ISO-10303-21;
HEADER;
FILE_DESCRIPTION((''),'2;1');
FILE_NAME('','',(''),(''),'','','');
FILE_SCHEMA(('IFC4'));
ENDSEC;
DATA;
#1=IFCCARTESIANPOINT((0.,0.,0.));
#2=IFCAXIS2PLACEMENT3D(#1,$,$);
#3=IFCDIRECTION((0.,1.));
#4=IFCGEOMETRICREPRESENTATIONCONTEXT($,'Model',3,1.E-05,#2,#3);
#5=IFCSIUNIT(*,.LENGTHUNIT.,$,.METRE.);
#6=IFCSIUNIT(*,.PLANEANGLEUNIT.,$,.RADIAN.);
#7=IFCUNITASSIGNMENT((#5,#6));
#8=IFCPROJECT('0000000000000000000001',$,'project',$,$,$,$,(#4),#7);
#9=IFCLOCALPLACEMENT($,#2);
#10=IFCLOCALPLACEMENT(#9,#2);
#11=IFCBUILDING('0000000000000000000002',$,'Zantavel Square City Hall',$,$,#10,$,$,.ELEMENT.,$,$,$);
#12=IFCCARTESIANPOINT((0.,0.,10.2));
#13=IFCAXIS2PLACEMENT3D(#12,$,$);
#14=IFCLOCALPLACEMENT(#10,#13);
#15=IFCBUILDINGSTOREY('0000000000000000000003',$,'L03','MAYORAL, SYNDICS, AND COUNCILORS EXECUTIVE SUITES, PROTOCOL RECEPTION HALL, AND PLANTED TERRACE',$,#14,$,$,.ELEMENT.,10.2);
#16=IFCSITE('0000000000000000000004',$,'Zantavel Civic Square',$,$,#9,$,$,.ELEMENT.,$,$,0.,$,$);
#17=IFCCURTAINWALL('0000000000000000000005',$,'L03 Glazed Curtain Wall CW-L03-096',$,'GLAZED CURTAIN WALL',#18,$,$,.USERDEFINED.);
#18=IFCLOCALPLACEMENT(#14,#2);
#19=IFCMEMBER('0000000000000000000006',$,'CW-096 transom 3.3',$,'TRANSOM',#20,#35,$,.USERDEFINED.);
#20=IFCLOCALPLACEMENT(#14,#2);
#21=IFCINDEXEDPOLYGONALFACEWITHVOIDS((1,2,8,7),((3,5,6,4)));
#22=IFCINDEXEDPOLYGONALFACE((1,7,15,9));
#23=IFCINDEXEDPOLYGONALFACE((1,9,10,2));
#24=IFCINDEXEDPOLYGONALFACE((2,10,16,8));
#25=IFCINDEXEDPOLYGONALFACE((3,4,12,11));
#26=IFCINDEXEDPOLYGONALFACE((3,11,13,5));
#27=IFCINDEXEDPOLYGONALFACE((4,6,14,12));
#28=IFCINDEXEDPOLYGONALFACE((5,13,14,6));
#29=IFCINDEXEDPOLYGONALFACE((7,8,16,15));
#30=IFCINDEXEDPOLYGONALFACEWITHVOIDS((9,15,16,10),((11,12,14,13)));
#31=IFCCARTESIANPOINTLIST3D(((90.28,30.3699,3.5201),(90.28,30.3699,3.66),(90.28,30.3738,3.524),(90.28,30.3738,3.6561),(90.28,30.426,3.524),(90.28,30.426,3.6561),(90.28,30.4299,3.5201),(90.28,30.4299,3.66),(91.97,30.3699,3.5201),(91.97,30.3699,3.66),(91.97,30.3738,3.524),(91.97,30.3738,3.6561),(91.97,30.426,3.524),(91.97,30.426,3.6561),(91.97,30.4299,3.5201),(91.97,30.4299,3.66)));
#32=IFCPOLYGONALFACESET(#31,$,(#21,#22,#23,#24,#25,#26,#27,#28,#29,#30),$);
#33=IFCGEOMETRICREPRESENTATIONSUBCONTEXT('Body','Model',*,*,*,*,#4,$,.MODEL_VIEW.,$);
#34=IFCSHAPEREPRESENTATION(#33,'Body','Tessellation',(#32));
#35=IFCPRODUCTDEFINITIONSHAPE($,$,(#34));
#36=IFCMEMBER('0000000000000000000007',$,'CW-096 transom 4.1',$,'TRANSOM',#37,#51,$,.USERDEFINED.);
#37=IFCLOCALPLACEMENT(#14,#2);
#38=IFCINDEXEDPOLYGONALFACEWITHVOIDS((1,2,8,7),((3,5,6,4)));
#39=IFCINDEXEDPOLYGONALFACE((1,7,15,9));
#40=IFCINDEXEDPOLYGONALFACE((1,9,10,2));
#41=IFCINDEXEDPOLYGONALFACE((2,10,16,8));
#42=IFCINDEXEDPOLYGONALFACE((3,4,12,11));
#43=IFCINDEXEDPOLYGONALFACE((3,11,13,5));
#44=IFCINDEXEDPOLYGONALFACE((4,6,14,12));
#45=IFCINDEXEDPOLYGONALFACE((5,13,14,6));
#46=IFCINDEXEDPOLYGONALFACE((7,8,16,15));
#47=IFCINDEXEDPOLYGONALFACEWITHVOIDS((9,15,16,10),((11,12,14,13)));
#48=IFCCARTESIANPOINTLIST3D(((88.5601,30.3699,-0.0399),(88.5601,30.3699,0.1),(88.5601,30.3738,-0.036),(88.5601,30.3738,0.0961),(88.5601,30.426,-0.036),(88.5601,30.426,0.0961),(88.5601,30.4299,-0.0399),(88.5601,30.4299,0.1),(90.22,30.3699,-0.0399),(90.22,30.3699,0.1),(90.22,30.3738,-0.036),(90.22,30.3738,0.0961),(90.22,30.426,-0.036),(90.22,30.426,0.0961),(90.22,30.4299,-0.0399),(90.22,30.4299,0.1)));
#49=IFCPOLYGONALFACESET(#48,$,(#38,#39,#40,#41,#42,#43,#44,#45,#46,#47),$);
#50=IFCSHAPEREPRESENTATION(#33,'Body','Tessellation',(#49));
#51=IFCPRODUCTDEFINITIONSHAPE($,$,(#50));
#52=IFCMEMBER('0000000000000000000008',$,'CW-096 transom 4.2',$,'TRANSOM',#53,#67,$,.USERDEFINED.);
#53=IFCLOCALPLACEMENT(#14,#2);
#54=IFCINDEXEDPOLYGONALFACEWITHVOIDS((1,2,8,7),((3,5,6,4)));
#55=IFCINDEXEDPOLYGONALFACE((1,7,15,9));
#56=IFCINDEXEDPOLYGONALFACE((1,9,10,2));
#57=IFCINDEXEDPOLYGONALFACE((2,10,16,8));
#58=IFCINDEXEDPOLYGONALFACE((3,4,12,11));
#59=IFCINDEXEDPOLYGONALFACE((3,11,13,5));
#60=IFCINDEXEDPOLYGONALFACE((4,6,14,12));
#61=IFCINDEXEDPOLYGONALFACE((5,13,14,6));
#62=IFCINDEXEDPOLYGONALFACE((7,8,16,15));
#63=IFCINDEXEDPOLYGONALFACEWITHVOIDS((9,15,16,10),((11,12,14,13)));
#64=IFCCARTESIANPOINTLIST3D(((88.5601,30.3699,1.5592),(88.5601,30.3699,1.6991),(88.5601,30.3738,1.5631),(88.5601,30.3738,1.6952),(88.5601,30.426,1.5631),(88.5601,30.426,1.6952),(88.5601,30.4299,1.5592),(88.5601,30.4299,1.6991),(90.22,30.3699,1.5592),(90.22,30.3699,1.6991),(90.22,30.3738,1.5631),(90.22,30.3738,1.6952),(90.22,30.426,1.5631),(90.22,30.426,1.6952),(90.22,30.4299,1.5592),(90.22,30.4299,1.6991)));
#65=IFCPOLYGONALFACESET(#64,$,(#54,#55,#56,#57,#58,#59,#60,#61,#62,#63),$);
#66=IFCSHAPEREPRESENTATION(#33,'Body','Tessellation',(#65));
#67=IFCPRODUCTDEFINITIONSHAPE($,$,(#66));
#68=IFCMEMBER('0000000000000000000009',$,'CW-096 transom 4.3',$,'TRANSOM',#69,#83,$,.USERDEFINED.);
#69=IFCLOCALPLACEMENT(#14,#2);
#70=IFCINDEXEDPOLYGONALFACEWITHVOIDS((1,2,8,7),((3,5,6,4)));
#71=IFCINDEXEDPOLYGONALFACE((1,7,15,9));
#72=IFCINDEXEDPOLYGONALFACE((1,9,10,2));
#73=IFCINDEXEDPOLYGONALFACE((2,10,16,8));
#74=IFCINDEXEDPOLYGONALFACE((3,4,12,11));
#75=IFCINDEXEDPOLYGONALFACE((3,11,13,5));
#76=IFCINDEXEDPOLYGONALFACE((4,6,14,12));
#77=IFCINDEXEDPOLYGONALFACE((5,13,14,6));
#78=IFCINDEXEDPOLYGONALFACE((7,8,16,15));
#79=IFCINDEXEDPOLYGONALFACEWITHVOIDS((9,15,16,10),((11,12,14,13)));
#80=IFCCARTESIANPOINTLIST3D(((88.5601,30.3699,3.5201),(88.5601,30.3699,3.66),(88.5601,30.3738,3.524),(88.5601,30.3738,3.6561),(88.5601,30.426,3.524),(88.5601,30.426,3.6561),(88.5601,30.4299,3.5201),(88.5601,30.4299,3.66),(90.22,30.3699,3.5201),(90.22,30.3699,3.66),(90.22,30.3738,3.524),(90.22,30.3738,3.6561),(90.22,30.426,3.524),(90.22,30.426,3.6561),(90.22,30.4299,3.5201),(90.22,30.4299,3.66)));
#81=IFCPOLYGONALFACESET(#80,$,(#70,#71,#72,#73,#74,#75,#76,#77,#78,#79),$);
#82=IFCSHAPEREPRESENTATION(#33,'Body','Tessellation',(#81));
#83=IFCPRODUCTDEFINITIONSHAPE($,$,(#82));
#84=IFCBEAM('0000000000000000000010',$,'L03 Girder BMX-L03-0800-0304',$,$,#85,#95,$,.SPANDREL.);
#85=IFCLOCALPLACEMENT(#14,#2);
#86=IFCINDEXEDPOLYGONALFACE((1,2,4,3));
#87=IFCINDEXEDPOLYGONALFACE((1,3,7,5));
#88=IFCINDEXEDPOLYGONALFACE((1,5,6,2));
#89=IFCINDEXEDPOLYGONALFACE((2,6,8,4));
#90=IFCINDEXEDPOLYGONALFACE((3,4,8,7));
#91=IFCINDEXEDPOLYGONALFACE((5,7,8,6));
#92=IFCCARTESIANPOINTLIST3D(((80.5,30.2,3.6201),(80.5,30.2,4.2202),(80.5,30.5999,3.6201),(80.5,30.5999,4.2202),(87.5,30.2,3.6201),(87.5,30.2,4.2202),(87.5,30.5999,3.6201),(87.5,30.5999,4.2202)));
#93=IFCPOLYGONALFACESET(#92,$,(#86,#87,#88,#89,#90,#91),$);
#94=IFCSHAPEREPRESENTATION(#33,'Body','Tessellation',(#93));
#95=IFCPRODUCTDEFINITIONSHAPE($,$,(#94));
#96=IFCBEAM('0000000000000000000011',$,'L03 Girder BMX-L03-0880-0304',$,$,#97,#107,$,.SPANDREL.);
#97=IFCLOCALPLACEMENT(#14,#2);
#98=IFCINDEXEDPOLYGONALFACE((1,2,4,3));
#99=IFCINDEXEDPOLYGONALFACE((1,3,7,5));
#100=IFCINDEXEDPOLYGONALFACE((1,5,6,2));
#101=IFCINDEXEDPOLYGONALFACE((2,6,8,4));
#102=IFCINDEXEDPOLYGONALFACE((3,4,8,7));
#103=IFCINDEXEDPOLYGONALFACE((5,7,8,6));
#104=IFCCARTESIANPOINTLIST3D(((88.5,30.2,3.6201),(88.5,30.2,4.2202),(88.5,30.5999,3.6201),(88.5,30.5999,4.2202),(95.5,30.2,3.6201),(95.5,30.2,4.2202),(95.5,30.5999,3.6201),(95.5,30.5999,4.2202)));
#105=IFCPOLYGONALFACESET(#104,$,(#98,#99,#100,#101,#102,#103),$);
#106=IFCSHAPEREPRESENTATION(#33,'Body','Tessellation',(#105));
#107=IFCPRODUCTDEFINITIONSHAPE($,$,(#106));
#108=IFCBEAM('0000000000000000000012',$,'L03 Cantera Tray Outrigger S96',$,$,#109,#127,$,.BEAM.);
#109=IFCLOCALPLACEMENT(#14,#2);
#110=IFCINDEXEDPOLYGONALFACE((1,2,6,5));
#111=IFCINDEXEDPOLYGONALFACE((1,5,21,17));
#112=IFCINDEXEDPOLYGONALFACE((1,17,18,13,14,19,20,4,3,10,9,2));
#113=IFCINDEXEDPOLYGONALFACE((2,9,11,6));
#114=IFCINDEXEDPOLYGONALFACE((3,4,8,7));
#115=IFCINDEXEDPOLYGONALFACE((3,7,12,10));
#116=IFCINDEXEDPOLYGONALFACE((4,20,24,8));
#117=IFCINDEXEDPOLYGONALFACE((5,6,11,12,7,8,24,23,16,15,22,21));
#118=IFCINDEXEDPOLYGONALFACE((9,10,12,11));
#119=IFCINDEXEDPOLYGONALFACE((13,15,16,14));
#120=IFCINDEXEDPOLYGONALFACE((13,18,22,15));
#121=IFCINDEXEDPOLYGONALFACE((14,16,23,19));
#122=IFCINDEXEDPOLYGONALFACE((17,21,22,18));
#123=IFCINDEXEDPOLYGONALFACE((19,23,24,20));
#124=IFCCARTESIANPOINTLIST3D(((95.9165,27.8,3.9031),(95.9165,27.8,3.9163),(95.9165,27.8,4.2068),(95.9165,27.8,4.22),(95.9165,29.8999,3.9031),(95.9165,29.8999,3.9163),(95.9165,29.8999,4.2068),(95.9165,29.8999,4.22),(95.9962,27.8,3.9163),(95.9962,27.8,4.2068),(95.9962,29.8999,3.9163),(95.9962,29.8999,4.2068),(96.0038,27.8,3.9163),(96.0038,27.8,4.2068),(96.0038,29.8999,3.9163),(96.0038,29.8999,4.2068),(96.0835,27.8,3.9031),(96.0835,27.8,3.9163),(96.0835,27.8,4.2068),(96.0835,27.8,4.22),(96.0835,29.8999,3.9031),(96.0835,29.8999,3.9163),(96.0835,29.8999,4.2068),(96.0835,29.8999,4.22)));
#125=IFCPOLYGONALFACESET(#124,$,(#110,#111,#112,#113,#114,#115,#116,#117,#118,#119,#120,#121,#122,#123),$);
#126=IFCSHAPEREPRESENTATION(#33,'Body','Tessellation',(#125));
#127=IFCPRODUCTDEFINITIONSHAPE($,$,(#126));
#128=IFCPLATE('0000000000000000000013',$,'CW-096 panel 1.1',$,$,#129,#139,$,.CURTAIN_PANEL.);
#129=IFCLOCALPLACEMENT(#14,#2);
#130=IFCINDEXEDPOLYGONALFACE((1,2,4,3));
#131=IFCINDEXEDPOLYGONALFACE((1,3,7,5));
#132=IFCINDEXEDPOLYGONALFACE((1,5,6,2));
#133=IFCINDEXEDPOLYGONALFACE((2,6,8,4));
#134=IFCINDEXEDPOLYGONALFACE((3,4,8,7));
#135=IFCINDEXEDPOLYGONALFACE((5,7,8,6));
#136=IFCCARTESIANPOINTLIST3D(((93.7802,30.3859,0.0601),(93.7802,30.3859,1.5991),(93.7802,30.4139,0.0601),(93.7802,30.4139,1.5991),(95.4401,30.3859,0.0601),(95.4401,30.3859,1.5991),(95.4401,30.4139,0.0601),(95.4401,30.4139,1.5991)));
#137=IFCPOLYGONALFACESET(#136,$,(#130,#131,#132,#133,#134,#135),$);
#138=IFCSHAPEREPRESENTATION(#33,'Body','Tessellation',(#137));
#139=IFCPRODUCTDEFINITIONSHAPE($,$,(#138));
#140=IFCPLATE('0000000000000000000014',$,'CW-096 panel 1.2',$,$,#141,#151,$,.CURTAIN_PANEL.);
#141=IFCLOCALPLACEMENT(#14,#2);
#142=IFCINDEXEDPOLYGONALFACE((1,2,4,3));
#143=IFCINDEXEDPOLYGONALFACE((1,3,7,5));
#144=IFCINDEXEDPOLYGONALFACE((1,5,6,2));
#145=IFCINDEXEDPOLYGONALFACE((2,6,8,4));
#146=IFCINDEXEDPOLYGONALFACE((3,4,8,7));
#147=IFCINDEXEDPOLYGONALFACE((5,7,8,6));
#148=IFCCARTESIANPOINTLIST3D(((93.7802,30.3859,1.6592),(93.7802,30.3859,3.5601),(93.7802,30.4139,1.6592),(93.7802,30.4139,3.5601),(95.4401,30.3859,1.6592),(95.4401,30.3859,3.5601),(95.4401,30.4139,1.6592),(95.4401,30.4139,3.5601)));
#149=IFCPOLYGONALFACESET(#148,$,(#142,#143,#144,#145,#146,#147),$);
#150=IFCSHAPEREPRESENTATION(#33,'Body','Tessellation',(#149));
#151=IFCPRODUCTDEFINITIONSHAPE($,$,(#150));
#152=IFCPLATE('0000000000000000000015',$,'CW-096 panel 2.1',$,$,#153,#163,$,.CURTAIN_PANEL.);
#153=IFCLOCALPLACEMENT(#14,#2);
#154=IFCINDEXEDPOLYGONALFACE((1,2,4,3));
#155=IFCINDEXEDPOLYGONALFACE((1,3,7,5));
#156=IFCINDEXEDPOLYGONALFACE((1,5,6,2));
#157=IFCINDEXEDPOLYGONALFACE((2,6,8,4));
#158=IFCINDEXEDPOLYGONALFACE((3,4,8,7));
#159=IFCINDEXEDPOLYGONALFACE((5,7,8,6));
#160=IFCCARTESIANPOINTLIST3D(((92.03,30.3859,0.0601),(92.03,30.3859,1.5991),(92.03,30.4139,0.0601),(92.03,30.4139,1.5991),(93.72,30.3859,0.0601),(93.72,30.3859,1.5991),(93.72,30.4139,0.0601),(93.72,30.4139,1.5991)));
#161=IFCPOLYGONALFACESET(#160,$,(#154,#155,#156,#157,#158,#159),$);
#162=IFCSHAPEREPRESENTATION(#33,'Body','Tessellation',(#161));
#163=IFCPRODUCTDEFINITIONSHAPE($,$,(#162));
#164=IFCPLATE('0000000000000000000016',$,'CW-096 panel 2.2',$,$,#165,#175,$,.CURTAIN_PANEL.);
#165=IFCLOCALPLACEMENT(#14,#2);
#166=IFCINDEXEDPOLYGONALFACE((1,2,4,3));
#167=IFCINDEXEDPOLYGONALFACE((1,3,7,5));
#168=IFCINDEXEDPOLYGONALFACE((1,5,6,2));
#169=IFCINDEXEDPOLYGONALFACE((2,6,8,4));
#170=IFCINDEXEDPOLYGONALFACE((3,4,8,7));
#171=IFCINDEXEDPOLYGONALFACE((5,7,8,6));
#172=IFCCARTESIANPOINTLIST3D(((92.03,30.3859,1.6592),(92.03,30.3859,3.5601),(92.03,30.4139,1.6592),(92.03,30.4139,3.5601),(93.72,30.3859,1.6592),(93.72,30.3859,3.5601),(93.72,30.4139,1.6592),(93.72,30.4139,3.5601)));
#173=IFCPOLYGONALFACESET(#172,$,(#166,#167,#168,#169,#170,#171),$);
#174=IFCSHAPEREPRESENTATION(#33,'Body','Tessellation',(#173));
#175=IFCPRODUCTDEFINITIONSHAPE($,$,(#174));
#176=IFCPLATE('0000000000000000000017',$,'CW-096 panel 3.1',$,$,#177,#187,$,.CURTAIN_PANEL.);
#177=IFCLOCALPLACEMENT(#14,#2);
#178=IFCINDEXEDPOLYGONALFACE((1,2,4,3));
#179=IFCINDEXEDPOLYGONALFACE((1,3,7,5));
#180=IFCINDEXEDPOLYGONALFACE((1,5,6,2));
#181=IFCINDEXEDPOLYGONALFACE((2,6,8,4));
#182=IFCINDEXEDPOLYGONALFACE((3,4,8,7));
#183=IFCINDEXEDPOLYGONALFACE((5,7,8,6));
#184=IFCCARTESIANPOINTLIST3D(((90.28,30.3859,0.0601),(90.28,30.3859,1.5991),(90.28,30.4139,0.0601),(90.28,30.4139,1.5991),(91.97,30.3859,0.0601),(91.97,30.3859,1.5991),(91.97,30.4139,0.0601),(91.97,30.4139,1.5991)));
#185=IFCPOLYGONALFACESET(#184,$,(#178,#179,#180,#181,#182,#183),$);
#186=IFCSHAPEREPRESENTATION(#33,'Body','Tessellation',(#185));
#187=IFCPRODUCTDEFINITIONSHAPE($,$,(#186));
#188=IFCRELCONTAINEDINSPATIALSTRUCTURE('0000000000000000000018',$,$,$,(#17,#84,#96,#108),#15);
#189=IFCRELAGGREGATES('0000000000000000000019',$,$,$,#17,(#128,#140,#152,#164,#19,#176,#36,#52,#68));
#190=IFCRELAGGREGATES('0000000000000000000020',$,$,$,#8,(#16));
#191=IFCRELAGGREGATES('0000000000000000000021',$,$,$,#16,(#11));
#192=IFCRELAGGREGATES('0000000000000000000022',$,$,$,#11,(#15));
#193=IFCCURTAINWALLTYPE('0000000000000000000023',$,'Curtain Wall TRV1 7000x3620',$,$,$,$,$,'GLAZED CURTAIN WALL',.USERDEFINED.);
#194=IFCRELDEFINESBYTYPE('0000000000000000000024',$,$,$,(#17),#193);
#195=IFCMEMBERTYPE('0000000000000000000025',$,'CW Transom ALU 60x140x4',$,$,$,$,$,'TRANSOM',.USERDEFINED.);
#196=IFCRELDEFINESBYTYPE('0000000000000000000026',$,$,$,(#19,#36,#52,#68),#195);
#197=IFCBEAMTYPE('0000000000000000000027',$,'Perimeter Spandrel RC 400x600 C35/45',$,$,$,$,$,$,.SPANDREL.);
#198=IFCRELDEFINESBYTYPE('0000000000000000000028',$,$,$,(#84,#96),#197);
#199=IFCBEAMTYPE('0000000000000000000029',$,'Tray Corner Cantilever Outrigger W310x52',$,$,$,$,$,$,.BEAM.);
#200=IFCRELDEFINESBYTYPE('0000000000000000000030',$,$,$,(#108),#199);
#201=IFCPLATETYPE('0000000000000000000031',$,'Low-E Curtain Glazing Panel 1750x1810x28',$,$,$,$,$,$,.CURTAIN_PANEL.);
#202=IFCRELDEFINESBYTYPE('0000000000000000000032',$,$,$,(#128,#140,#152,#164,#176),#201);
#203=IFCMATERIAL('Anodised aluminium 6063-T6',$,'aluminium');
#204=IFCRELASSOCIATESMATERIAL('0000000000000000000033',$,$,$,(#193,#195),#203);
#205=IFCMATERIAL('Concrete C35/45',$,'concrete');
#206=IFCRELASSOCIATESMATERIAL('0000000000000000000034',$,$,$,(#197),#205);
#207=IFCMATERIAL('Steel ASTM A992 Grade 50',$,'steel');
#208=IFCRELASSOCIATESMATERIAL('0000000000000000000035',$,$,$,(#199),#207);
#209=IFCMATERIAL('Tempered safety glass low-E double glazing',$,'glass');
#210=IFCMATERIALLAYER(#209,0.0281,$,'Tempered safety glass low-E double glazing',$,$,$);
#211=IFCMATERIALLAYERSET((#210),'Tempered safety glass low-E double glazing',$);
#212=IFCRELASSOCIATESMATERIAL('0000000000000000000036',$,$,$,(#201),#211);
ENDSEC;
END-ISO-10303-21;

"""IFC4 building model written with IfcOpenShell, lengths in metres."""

from ifc_helpers import new_model, si_unit, direction, frame, origin, origin_2d, place, context, subcontext, project, spatial, rectangle, hollow_rectangle, i_section, extrude, material, layer, layer_set, material_profile, profile_set, type_object, element, aggregate, save


model = new_model("IFC4")

# Units and contexts
model_context = context("Model", 3, precision=1e-05, world=origin(), true_north=direction((0.0, 1.0)))
body_context = subcontext(model_context, "Body", "Model", "MODEL_VIEW")
ifc_project = project(units=[si_unit("LENGTHUNIT", "METRE"), si_unit("PLANEANGLEUNIT", "RADIAN")], contexts=[model_context])

# Site, building, storey
site_placement = place(None, origin())
site = spatial("IfcSite", under=ifc_project, at=site_placement, Name="Zantavel Civic Square", CompositionType="ELEMENT", RefElevation=0.0)
building_placement = place(site_placement, origin())
building = spatial("IfcBuilding", under=site, at=building_placement, Name="Zantavel Square City Hall", CompositionType="ELEMENT")
storey_placement = place(building_placement, frame((0.0, 0.0, 10.2)))
storey = spatial("IfcBuildingStorey", under=building, at=storey_placement, Name="L03", Description="MAYORAL, SYNDICS, AND COUNCILORS EXECUTIVE SUITES, PROTOCOL RECEPTION HALL, AND PLANTED TERRACE", CompositionType="ELEMENT", Elevation=10.2)

# Curtain wall, members
ifc_material_1 = material(Name="Anodised aluminium 6063-T6", Category="aluminium")
curtain_wall_type = type_object("IfcCurtainWallType", Name="Curtain Wall TRV1 7000x3620", ElementType="GLAZED CURTAIN WALL", PredefinedType="USERDEFINED", material=ifc_material_1)
curtain_wall_placement = place(storey_placement, origin())
curtain_wall = element("IfcCurtainWall", 1, at=curtain_wall_placement, inside=storey, type_object=curtain_wall_type, Name="L03 Glazed Curtain Wall CW-L03-096", ObjectType="GLAZED CURTAIN WALL", PredefinedType="USERDEFINED")
ifc_material_profile_1 = material_profile(ifc_material_1, hollow_rectangle(XDim=0.0601, YDim=0.1399, WallThickness=0.0039, at=origin_2d()), Name="ALU 60x140x4")
ifc_profile_set_1 = profile_set([ifc_material_profile_1], Name="Anodised aluminium 6063-T6")
member_type_1 = type_object("IfcMemberType", Name="CW Transom ALU 60x140x4", ElementType="TRANSOM", PredefinedType="USERDEFINED", material=ifc_profile_set_1)
member_1_placement = place(storey_placement, frame((91.97, 30.3999, 3.5901), z_axis=(-1.0, 0.0, 0.0), x_axis=(0.0, -1.0, 0.0)))
member_1 = element("IfcMember", 2, at=member_1_placement, type_object=member_type_1, Name="CW-096 transom 3.3", ObjectType="TRANSOM", PredefinedType="USERDEFINED", context=body_context, shape_type="SweptSolid", body=[
    extrude(hollow_rectangle(XDim=0.0601, YDim=0.1399, WallThickness=0.0039, at=origin_2d()), origin(), (0.0, 0.0, 1.0), 1.6899),
])
member_2_placement = place(storey_placement, frame((90.22, 30.3999, 0.03), z_axis=(-1.0, 0.0, 0.0), x_axis=(0.0, -1.0, 0.0)))
member_2 = element("IfcMember", 3, at=member_2_placement, type_object=member_type_1, Name="CW-096 transom 4.1", ObjectType="TRANSOM", PredefinedType="USERDEFINED", context=body_context, shape_type="SweptSolid", body=[
    extrude(hollow_rectangle(XDim=0.0601, YDim=0.1399, WallThickness=0.0039, at=origin_2d()), origin(), (0.0, 0.0, 1.0), 1.6599),
])
member_3_placement = place(storey_placement, frame((90.22, 30.3999, 1.6292), z_axis=(-1.0, 0.0, 0.0), x_axis=(0.0, -1.0, 0.0)))
member_3 = element("IfcMember", 4, at=member_3_placement, type_object=member_type_1, Name="CW-096 transom 4.2", ObjectType="TRANSOM", PredefinedType="USERDEFINED", context=body_context, shape_type="SweptSolid", body=[
    extrude(hollow_rectangle(XDim=0.0601, YDim=0.1399, WallThickness=0.0039, at=origin_2d()), origin(), (0.0, 0.0, 1.0), 1.6599),
])
member_4_placement = place(storey_placement, frame((90.22, 30.3999, 3.5901), z_axis=(-1.0, 0.0, 0.0), x_axis=(0.0, -1.0, 0.0)))
member_4 = element("IfcMember", 5, at=member_4_placement, type_object=member_type_1, Name="CW-096 transom 4.3", ObjectType="TRANSOM", PredefinedType="USERDEFINED", context=body_context, shape_type="SweptSolid", body=[
    extrude(hollow_rectangle(XDim=0.0601, YDim=0.1399, WallThickness=0.0039, at=origin_2d()), origin(), (0.0, 0.0, 1.0), 1.6599),
])

# Beams
ifc_material_2 = material(Name="Concrete C35/45", Category="concrete")
ifc_material_profile_2 = material_profile(ifc_material_2, rectangle(XDim=0.3999, YDim=0.6001, at=origin_2d()), Name="RC 400x600")
ifc_profile_set_2 = profile_set([ifc_material_profile_2], Name="Concrete C35/45")
beam_type_1 = type_object("IfcBeamType", Name="Perimeter Spandrel RC 400x600 C35/45", PredefinedType="SPANDREL", material=ifc_profile_set_2)
for number, where, z_axis, x_axis, name in (
    (6, (80.5, 30.3999, 3.9202), (1.0, 0.0, 0.0), (0.0, 1.0, 0.0), "L03 Girder BMX-L03-0800-0304"),
    (7, (88.5, 30.3999, 3.9202), (1.0, 0.0, 0.0), (0.0, 1.0, 0.0), "L03 Girder BMX-L03-0880-0304"),
):
    element("IfcBeam", number, at=place(storey_placement, frame(where, z_axis=z_axis, x_axis=x_axis)), inside=storey, type_object=beam_type_1, Name=name, PredefinedType="SPANDREL", context=body_context, shape_type="SweptSolid", body=[
        extrude(rectangle(XDim=0.3999, YDim=0.6001, at=origin_2d()), origin(), (0.0, 0.0, 1.0), 7.0),
    ])
ifc_material_3 = material(Name="Steel ASTM A992 Grade 50", Category="steel")
ifc_material_profile_3 = material_profile(ifc_material_3, i_section(OverallWidth=0.167, OverallDepth=0.3169, WebThickness=0.0076, FlangeThickness=0.0132, at=origin_2d()), Name="W310x52")
ifc_profile_set_3 = profile_set([ifc_material_profile_3], Name="Steel ASTM A992 Grade 50")
beam_type_2 = type_object("IfcBeamType", Name="Tray Corner Cantilever Outrigger W310x52", PredefinedType="BEAM", material=ifc_profile_set_3)
beam_placement = place(storey_placement, frame((96.0, 29.8999, 4.0615), z_axis=(0.0, -1.0, 0.0), x_axis=(1.0, 0.0, 0.0)))
element("IfcBeam", 8, at=beam_placement, inside=storey, type_object=beam_type_2, Name="L03 Cantera Tray Outrigger S96", PredefinedType="BEAM", context=body_context, shape_type="SweptSolid", body=[
    extrude(i_section(OverallWidth=0.167, OverallDepth=0.3169, WebThickness=0.0076, FlangeThickness=0.0132, at=origin_2d()), origin(), (0.0, 0.0, 1.0), 2.0999),
])

# Plates
ifc_material_4 = material(Name="Tempered safety glass low-E double glazing", Category="glass")
ifc_layer_1 = layer(ifc_material_4, 0.0281, Name="Tempered safety glass low-E double glazing")
ifc_layer_set_1 = layer_set([ifc_layer_1], Name="Tempered safety glass low-E double glazing")
plate_type = type_object("IfcPlateType", Name="Low-E Curtain Glazing Panel 1750x1810x28", PredefinedType="CURTAIN_PANEL", material=ifc_layer_set_1)
plate_1_placement = place(storey_placement, frame((94.6101, 30.3999, 0.0601), z_axis=(0.0, 0.0, 1.0), x_axis=(-1.0, 0.0, 0.0)))
plate_1 = element("IfcPlate", 9, at=plate_1_placement, type_object=plate_type, Name="CW-096 panel 1.1", PredefinedType="CURTAIN_PANEL", context=body_context, shape_type="SweptSolid", body=[
    extrude(rectangle(XDim=1.6599, YDim=0.0281, at=origin_2d()), origin(), (0.0, 0.0, 1.0), 1.5391),
])
plate_2_placement = place(storey_placement, frame((94.6101, 30.3999, 1.6592), z_axis=(0.0, 0.0, 1.0), x_axis=(-1.0, 0.0, 0.0)))
plate_2 = element("IfcPlate", 10, at=plate_2_placement, type_object=plate_type, Name="CW-096 panel 1.2", PredefinedType="CURTAIN_PANEL", context=body_context, shape_type="SweptSolid", body=[
    extrude(rectangle(XDim=1.6599, YDim=0.0281, at=origin_2d()), origin(), (0.0, 0.0, 1.0), 1.9009),
])
plate_3_placement = place(storey_placement, frame((92.875, 30.3999, 0.0601), z_axis=(0.0, 0.0, 1.0), x_axis=(-1.0, 0.0, 0.0)))
plate_3 = element("IfcPlate", 11, at=plate_3_placement, type_object=plate_type, Name="CW-096 panel 2.1", PredefinedType="CURTAIN_PANEL", context=body_context, shape_type="SweptSolid", body=[
    extrude(rectangle(XDim=1.6899, YDim=0.0281, at=origin_2d()), origin(), (0.0, 0.0, 1.0), 1.5391),
])
plate_4_placement = place(storey_placement, frame((92.875, 30.3999, 1.6592), z_axis=(0.0, 0.0, 1.0), x_axis=(-1.0, 0.0, 0.0)))
plate_4 = element("IfcPlate", 12, at=plate_4_placement, type_object=plate_type, Name="CW-096 panel 2.2", PredefinedType="CURTAIN_PANEL", context=body_context, shape_type="SweptSolid", body=[
    extrude(rectangle(XDim=1.6899, YDim=0.0281, at=origin_2d()), origin(), (0.0, 0.0, 1.0), 1.9009),
])
plate_5_placement = place(storey_placement, frame((91.125, 30.3999, 0.0601), z_axis=(0.0, 0.0, 1.0), x_axis=(-1.0, 0.0, 0.0)))
plate_5 = element("IfcPlate", 13, at=plate_5_placement, type_object=plate_type, Name="CW-096 panel 3.1", PredefinedType="CURTAIN_PANEL", context=body_context, shape_type="SweptSolid", body=[
    extrude(rectangle(XDim=1.6899, YDim=0.0281, at=origin_2d()), origin(), (0.0, 0.0, 1.0), 1.5391),
])
aggregate(curtain_wall, [plate_1, plate_2, plate_3, plate_4, member_1, plate_5, member_2, member_3, member_4])

save(model, "model.ifc")
